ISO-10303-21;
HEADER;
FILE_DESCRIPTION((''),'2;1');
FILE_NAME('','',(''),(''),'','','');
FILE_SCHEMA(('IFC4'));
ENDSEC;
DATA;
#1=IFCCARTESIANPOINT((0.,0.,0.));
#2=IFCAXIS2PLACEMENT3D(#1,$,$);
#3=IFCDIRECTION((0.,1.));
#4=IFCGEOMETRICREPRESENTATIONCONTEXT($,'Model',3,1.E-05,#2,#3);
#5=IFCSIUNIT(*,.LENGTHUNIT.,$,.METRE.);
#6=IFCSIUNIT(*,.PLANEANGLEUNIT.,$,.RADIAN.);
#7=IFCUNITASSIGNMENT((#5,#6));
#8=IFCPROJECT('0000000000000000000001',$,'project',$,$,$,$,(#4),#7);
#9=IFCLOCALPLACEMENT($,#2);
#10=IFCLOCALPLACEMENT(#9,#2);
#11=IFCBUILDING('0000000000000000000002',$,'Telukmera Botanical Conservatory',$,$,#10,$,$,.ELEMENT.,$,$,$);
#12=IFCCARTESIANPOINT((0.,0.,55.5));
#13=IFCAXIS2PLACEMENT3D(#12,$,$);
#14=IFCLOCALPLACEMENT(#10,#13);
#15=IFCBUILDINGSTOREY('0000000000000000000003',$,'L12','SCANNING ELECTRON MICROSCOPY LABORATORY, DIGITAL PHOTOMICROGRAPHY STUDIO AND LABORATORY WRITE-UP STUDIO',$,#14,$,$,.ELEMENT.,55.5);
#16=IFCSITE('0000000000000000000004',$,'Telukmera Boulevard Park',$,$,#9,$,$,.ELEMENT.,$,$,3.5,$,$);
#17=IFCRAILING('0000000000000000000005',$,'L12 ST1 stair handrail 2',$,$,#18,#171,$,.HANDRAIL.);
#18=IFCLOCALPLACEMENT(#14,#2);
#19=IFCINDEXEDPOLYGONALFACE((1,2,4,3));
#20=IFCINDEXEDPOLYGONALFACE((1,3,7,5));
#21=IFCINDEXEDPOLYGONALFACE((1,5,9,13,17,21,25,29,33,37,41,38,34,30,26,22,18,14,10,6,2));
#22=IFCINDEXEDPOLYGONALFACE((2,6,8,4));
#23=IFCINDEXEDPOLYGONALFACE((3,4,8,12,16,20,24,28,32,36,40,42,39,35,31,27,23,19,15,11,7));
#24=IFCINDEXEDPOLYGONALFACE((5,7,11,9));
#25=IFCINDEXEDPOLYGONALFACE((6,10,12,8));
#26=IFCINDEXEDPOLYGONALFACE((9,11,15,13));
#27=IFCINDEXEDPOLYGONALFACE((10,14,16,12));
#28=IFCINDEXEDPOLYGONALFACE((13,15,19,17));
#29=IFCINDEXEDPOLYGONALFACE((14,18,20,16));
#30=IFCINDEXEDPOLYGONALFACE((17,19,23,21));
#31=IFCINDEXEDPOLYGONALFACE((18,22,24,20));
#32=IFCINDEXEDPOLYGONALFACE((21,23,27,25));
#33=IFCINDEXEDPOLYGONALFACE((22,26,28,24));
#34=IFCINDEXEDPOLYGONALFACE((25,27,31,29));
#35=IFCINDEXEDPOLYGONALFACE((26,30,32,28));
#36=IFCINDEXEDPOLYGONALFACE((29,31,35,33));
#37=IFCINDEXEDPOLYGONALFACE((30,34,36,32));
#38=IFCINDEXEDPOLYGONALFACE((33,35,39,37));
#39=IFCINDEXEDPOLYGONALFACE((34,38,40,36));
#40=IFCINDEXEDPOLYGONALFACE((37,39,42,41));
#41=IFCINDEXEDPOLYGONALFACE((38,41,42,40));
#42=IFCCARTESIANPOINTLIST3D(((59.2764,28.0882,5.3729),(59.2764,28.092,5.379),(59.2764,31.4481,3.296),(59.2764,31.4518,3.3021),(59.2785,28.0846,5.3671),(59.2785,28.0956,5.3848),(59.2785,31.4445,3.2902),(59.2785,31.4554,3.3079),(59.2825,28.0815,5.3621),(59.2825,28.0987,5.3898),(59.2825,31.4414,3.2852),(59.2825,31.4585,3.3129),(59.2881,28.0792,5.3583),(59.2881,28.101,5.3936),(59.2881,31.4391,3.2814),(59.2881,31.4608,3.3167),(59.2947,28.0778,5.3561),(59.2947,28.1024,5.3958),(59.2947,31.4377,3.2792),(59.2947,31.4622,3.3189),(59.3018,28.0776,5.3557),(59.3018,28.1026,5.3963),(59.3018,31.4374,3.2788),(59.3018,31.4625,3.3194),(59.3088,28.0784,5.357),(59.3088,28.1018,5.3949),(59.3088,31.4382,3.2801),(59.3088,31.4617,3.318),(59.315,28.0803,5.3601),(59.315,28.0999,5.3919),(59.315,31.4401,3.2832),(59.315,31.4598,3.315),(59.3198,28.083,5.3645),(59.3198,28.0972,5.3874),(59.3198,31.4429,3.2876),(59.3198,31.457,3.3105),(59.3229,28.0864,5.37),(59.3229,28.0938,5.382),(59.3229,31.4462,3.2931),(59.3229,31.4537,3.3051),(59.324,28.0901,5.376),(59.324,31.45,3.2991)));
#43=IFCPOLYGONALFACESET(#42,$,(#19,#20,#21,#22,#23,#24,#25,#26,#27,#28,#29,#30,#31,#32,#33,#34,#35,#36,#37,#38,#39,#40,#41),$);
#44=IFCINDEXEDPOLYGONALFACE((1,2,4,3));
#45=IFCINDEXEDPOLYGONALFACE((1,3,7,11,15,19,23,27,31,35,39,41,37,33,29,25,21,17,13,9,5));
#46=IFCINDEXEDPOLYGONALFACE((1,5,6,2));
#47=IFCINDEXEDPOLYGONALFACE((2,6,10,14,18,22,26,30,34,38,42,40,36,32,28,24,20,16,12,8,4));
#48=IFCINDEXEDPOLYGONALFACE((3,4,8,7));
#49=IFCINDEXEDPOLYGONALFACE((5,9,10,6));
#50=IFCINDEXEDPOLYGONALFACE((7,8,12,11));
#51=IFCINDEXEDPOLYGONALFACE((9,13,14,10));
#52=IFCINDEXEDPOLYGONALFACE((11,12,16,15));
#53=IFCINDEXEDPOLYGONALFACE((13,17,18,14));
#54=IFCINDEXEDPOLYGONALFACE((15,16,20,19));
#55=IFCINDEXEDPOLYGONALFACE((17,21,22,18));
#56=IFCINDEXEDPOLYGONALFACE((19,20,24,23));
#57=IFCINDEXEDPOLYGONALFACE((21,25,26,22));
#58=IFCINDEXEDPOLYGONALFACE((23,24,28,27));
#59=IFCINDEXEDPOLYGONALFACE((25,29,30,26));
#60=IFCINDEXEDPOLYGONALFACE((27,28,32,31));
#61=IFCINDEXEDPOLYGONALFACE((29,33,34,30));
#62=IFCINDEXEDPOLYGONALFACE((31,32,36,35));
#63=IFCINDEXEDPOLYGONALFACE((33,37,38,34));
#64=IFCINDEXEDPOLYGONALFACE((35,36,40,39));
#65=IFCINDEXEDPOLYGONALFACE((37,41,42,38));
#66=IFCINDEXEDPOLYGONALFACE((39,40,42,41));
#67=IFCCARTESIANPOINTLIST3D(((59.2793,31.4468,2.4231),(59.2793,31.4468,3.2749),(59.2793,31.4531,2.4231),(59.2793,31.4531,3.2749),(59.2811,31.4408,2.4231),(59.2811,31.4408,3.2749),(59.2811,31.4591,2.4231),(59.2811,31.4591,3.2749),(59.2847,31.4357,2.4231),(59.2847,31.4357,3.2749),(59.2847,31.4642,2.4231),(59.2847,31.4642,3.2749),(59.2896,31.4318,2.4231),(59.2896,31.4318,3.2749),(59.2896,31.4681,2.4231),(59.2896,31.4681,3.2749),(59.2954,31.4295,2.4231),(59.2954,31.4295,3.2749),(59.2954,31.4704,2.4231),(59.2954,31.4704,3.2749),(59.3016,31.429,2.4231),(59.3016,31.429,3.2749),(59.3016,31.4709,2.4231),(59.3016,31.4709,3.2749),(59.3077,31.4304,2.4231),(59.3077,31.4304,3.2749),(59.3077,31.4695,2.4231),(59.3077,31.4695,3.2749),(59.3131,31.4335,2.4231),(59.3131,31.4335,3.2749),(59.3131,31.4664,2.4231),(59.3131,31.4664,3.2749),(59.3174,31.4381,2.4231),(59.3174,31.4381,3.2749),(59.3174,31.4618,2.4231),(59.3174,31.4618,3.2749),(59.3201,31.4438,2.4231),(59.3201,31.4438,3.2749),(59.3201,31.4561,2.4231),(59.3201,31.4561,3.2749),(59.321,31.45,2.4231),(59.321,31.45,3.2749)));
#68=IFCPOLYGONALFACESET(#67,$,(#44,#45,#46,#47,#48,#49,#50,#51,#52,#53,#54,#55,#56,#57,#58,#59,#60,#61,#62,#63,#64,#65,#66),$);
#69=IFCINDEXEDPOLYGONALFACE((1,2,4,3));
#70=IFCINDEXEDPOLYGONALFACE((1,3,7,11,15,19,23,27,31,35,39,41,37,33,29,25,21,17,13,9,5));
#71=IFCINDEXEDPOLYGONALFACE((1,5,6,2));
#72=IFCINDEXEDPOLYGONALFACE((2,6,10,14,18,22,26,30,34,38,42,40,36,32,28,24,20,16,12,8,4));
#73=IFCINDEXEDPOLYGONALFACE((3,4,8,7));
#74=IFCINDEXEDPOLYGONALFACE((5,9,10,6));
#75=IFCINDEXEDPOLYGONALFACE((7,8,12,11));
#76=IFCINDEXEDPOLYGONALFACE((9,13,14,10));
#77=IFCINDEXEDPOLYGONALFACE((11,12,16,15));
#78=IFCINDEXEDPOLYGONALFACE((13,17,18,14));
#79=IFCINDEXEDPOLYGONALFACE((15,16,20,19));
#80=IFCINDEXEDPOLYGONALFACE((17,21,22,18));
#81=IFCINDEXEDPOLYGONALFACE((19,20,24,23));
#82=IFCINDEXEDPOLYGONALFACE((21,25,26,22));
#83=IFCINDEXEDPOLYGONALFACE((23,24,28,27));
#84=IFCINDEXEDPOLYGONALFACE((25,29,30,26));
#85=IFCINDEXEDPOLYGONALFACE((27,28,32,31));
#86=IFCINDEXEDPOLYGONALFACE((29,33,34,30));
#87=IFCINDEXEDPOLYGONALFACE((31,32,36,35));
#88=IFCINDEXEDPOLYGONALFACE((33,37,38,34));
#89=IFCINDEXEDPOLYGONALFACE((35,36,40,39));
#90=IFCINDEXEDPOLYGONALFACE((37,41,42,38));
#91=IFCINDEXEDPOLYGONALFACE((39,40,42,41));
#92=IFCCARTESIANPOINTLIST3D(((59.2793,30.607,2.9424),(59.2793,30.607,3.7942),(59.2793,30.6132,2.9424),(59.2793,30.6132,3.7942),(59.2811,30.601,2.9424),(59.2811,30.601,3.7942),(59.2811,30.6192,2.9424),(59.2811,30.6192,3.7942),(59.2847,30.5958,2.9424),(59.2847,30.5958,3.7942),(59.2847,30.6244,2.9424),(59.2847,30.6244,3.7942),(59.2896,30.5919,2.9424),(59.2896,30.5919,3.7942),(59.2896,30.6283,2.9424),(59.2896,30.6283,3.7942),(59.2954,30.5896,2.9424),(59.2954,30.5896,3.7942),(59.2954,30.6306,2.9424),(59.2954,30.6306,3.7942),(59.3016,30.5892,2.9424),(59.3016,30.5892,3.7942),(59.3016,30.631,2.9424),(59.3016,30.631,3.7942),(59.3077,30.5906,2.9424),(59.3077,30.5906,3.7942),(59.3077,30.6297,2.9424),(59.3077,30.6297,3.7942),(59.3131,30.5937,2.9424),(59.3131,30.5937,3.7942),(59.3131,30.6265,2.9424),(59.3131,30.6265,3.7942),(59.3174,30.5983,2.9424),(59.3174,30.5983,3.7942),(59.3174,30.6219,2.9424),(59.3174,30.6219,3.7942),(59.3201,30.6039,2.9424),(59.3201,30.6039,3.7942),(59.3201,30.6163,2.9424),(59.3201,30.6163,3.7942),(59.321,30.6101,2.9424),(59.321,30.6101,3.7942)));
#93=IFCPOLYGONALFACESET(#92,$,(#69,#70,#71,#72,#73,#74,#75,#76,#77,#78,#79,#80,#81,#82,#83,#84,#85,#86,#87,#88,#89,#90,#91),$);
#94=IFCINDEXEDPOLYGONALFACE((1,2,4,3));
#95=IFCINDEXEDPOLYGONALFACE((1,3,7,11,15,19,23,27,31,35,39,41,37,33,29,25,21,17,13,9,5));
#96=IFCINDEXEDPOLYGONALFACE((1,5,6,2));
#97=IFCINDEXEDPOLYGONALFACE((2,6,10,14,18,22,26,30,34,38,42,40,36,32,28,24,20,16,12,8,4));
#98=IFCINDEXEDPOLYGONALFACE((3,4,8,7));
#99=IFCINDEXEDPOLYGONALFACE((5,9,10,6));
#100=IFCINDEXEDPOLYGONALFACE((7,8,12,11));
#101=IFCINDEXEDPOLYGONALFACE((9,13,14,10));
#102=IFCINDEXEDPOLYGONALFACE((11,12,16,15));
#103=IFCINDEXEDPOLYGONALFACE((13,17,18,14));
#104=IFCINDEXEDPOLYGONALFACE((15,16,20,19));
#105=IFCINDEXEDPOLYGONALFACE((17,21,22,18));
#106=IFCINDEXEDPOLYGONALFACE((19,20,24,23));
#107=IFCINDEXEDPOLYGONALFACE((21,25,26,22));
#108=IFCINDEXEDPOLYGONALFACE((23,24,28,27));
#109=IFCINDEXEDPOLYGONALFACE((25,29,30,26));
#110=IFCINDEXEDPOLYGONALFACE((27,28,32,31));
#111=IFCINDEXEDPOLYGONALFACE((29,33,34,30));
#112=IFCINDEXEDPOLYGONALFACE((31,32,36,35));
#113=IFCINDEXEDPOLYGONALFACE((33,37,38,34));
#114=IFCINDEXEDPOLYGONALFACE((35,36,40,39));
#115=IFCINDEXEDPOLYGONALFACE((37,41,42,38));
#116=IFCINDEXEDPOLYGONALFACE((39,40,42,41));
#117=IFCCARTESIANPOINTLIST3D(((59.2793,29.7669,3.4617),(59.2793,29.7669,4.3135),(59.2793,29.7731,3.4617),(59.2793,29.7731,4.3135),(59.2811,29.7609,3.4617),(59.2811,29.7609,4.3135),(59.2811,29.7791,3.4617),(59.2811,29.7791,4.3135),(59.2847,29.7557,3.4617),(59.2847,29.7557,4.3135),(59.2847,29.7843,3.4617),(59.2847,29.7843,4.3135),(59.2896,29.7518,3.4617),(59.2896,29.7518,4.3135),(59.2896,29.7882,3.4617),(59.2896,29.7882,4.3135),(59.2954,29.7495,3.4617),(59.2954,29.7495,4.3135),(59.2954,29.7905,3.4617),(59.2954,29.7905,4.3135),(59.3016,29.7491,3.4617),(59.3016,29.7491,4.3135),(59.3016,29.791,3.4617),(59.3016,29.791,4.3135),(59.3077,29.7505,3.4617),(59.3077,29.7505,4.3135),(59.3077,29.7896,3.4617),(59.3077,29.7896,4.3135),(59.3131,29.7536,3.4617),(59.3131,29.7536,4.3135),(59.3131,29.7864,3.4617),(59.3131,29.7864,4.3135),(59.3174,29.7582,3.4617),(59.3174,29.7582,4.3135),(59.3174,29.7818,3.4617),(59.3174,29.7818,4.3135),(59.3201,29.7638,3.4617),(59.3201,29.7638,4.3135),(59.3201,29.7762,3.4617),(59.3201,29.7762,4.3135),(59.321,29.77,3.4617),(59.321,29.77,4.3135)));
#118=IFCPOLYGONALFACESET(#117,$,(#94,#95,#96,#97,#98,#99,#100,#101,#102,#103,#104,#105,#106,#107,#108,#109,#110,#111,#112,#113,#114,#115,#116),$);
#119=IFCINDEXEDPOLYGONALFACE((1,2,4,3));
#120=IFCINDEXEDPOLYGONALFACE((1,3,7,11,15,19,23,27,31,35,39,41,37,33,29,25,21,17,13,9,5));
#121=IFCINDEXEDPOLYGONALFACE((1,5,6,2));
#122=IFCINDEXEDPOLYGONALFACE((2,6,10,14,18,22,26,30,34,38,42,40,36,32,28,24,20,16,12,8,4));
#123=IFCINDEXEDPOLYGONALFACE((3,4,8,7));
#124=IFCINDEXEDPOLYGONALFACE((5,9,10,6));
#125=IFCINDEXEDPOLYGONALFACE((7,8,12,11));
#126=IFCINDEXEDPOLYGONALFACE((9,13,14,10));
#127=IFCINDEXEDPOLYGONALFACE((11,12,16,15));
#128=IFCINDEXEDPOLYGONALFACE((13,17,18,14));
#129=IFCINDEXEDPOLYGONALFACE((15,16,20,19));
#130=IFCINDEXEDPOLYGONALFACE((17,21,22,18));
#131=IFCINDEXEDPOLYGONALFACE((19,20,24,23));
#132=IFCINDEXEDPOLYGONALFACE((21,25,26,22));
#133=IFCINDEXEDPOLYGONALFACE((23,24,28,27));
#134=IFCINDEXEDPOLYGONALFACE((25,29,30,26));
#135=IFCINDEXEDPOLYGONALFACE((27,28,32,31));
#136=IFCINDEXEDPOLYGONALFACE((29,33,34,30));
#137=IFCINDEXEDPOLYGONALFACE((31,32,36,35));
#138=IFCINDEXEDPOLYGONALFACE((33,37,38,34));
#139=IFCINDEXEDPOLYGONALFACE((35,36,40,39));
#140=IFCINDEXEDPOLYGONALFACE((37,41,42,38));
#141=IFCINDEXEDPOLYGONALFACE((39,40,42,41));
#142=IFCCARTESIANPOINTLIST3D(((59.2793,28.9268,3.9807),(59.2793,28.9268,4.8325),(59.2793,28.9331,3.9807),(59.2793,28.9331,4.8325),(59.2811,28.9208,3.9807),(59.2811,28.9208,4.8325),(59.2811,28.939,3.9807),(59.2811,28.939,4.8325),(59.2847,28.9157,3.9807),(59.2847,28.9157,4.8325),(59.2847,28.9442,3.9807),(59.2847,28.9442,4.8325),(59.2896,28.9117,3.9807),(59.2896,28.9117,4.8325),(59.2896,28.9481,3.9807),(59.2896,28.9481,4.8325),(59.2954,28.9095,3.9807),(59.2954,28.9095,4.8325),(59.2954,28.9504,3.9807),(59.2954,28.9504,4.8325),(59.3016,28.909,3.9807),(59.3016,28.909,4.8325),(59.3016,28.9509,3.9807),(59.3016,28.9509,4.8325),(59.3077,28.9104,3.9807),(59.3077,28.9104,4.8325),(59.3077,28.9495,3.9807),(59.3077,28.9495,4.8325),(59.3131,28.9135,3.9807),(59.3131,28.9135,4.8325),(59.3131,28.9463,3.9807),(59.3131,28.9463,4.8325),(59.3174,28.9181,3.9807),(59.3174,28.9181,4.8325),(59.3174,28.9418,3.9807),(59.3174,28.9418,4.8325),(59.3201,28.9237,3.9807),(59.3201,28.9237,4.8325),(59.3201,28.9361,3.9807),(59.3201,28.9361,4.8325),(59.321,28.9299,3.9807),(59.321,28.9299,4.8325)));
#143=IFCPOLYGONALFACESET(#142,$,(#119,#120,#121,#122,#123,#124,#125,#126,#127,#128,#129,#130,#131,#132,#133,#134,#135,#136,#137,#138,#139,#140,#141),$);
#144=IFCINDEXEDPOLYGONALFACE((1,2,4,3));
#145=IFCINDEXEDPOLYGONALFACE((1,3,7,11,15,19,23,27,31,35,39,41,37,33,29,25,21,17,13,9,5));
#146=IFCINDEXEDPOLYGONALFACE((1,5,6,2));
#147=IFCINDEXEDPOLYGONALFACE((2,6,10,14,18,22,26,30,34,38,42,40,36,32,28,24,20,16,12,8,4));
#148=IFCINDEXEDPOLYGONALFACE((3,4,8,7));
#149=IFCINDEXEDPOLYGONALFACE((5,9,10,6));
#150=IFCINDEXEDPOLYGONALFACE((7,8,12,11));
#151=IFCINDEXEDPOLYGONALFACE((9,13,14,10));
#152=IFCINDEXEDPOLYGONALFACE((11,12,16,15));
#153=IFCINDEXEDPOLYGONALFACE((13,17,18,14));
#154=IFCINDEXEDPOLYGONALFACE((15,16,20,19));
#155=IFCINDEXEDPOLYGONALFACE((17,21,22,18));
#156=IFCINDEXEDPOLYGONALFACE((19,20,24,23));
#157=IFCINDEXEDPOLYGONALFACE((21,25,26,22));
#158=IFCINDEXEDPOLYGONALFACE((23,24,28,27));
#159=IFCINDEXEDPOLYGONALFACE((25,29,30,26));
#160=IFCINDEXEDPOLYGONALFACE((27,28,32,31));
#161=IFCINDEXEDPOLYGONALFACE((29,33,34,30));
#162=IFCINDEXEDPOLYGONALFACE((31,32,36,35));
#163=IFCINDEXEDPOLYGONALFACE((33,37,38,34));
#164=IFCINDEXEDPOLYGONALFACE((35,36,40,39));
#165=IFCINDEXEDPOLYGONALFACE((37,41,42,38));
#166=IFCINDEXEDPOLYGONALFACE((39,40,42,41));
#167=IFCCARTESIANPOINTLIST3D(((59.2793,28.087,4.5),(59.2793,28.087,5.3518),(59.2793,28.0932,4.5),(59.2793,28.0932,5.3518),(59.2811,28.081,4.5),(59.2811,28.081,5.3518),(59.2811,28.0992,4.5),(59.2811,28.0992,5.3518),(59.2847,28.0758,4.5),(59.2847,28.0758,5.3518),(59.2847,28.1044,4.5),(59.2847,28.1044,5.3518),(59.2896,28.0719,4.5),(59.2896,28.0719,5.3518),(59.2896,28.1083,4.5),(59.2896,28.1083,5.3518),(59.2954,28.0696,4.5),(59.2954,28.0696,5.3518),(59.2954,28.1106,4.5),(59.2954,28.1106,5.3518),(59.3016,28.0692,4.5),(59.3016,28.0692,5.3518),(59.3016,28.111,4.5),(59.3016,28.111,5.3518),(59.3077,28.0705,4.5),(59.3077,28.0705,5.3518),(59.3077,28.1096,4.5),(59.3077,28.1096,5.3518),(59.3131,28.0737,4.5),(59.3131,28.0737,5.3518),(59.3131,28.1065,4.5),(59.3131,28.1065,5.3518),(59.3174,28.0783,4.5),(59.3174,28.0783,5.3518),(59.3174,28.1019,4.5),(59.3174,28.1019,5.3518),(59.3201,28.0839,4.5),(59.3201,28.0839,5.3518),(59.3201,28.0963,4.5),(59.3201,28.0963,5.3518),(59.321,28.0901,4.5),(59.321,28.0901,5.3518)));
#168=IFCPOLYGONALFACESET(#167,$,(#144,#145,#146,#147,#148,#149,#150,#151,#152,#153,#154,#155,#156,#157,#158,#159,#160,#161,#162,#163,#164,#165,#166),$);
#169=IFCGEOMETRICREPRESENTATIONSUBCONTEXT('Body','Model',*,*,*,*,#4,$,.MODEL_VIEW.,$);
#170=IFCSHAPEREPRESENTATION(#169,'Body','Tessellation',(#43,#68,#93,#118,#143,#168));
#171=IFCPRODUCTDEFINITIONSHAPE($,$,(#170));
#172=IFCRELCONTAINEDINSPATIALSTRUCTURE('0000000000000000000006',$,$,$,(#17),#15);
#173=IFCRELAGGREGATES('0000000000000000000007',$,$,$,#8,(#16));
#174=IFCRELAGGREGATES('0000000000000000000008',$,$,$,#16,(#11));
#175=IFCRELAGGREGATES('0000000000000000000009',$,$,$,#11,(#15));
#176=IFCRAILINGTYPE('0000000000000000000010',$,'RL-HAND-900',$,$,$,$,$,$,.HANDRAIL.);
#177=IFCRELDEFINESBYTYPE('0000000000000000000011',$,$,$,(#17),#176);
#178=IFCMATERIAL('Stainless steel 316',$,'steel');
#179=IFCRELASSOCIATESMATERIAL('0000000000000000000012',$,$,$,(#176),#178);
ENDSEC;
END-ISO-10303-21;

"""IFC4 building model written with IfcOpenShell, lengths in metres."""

from ifc_helpers import new_model, si_unit, direction, frame, origin, origin_2d, place, context, subcontext, project, spatial, circle, extrude, material, type_object, element, save


model = new_model("IFC4")

# Units and contexts
model_context = context("Model", 3, precision=1e-05, world=origin(), true_north=direction((0.0, 1.0)))
body_context = subcontext(model_context, "Body", "Model", "MODEL_VIEW")
ifc_project = project(units=[si_unit("LENGTHUNIT", "METRE"), si_unit("PLANEANGLEUNIT", "RADIAN")], contexts=[model_context])

# Site, building, storey
site_placement = place(None, origin())
site = spatial("IfcSite", under=ifc_project, at=site_placement, Name="Telukmera Boulevard Park", CompositionType="ELEMENT", RefElevation=3.5)
building_placement = place(site_placement, origin())
building = spatial("IfcBuilding", under=site, at=building_placement, Name="Telukmera Botanical Conservatory", CompositionType="ELEMENT")
storey_placement = place(building_placement, frame((0.0, 0.0, 55.5)))
storey = spatial("IfcBuildingStorey", under=building, at=storey_placement, Name="L12", Description="SCANNING ELECTRON MICROSCOPY LABORATORY, DIGITAL PHOTOMICROGRAPHY STUDIO AND LABORATORY WRITE-UP STUDIO", CompositionType="ELEMENT", Elevation=55.5)

# Railing
ifc_material_1 = material(Name="Stainless steel 316", Category="steel")
railing_type_1 = type_object("IfcRailingType", Name="RL-HAND-900", PredefinedType="HANDRAIL", material=ifc_material_1)
railing_1_placement = place(storey_placement, frame((59.3, 31.45, 2.4231)))
element("IfcRailing", 1, at=railing_1_placement, inside=storey, type_object=railing_type_1, Name="L12 ST1 stair handrail 2", PredefinedType="HANDRAIL", context=body_context, shape_type="SweptSolid", body=[
    extrude(circle(Radius=0.0239, at=origin_2d()), frame((0.0, 0.0, 0.876), z_axis=(0.0, -0.850606, 0.525803), x_axis=(1.0, 0.0, 0.0)), (0.0, 0.0, 1.0), 3.95),
    extrude(circle(Radius=0.021, at=origin_2d()), origin(), (0.0, 0.0, 1.0), 0.8518),
    extrude(circle(Radius=0.021, at=origin_2d()), frame((0.0, -0.8398, 0.5193)), (0.0, 0.0, 1.0), 0.8518),
    extrude(circle(Radius=0.021, at=origin_2d()), frame((0.0, -1.6799, 1.0386)), (0.0, 0.0, 1.0), 0.8518),
    extrude(circle(Radius=0.021, at=origin_2d()), frame((0.0, -2.52, 1.5576)), (0.0, 0.0, 1.0), 0.8518),
    extrude(circle(Radius=0.021, at=origin_2d()), frame((0.0, -3.3599, 2.0769)), (0.0, 0.0, 1.0), 0.8518),
])

save(model, "model.ifc")
